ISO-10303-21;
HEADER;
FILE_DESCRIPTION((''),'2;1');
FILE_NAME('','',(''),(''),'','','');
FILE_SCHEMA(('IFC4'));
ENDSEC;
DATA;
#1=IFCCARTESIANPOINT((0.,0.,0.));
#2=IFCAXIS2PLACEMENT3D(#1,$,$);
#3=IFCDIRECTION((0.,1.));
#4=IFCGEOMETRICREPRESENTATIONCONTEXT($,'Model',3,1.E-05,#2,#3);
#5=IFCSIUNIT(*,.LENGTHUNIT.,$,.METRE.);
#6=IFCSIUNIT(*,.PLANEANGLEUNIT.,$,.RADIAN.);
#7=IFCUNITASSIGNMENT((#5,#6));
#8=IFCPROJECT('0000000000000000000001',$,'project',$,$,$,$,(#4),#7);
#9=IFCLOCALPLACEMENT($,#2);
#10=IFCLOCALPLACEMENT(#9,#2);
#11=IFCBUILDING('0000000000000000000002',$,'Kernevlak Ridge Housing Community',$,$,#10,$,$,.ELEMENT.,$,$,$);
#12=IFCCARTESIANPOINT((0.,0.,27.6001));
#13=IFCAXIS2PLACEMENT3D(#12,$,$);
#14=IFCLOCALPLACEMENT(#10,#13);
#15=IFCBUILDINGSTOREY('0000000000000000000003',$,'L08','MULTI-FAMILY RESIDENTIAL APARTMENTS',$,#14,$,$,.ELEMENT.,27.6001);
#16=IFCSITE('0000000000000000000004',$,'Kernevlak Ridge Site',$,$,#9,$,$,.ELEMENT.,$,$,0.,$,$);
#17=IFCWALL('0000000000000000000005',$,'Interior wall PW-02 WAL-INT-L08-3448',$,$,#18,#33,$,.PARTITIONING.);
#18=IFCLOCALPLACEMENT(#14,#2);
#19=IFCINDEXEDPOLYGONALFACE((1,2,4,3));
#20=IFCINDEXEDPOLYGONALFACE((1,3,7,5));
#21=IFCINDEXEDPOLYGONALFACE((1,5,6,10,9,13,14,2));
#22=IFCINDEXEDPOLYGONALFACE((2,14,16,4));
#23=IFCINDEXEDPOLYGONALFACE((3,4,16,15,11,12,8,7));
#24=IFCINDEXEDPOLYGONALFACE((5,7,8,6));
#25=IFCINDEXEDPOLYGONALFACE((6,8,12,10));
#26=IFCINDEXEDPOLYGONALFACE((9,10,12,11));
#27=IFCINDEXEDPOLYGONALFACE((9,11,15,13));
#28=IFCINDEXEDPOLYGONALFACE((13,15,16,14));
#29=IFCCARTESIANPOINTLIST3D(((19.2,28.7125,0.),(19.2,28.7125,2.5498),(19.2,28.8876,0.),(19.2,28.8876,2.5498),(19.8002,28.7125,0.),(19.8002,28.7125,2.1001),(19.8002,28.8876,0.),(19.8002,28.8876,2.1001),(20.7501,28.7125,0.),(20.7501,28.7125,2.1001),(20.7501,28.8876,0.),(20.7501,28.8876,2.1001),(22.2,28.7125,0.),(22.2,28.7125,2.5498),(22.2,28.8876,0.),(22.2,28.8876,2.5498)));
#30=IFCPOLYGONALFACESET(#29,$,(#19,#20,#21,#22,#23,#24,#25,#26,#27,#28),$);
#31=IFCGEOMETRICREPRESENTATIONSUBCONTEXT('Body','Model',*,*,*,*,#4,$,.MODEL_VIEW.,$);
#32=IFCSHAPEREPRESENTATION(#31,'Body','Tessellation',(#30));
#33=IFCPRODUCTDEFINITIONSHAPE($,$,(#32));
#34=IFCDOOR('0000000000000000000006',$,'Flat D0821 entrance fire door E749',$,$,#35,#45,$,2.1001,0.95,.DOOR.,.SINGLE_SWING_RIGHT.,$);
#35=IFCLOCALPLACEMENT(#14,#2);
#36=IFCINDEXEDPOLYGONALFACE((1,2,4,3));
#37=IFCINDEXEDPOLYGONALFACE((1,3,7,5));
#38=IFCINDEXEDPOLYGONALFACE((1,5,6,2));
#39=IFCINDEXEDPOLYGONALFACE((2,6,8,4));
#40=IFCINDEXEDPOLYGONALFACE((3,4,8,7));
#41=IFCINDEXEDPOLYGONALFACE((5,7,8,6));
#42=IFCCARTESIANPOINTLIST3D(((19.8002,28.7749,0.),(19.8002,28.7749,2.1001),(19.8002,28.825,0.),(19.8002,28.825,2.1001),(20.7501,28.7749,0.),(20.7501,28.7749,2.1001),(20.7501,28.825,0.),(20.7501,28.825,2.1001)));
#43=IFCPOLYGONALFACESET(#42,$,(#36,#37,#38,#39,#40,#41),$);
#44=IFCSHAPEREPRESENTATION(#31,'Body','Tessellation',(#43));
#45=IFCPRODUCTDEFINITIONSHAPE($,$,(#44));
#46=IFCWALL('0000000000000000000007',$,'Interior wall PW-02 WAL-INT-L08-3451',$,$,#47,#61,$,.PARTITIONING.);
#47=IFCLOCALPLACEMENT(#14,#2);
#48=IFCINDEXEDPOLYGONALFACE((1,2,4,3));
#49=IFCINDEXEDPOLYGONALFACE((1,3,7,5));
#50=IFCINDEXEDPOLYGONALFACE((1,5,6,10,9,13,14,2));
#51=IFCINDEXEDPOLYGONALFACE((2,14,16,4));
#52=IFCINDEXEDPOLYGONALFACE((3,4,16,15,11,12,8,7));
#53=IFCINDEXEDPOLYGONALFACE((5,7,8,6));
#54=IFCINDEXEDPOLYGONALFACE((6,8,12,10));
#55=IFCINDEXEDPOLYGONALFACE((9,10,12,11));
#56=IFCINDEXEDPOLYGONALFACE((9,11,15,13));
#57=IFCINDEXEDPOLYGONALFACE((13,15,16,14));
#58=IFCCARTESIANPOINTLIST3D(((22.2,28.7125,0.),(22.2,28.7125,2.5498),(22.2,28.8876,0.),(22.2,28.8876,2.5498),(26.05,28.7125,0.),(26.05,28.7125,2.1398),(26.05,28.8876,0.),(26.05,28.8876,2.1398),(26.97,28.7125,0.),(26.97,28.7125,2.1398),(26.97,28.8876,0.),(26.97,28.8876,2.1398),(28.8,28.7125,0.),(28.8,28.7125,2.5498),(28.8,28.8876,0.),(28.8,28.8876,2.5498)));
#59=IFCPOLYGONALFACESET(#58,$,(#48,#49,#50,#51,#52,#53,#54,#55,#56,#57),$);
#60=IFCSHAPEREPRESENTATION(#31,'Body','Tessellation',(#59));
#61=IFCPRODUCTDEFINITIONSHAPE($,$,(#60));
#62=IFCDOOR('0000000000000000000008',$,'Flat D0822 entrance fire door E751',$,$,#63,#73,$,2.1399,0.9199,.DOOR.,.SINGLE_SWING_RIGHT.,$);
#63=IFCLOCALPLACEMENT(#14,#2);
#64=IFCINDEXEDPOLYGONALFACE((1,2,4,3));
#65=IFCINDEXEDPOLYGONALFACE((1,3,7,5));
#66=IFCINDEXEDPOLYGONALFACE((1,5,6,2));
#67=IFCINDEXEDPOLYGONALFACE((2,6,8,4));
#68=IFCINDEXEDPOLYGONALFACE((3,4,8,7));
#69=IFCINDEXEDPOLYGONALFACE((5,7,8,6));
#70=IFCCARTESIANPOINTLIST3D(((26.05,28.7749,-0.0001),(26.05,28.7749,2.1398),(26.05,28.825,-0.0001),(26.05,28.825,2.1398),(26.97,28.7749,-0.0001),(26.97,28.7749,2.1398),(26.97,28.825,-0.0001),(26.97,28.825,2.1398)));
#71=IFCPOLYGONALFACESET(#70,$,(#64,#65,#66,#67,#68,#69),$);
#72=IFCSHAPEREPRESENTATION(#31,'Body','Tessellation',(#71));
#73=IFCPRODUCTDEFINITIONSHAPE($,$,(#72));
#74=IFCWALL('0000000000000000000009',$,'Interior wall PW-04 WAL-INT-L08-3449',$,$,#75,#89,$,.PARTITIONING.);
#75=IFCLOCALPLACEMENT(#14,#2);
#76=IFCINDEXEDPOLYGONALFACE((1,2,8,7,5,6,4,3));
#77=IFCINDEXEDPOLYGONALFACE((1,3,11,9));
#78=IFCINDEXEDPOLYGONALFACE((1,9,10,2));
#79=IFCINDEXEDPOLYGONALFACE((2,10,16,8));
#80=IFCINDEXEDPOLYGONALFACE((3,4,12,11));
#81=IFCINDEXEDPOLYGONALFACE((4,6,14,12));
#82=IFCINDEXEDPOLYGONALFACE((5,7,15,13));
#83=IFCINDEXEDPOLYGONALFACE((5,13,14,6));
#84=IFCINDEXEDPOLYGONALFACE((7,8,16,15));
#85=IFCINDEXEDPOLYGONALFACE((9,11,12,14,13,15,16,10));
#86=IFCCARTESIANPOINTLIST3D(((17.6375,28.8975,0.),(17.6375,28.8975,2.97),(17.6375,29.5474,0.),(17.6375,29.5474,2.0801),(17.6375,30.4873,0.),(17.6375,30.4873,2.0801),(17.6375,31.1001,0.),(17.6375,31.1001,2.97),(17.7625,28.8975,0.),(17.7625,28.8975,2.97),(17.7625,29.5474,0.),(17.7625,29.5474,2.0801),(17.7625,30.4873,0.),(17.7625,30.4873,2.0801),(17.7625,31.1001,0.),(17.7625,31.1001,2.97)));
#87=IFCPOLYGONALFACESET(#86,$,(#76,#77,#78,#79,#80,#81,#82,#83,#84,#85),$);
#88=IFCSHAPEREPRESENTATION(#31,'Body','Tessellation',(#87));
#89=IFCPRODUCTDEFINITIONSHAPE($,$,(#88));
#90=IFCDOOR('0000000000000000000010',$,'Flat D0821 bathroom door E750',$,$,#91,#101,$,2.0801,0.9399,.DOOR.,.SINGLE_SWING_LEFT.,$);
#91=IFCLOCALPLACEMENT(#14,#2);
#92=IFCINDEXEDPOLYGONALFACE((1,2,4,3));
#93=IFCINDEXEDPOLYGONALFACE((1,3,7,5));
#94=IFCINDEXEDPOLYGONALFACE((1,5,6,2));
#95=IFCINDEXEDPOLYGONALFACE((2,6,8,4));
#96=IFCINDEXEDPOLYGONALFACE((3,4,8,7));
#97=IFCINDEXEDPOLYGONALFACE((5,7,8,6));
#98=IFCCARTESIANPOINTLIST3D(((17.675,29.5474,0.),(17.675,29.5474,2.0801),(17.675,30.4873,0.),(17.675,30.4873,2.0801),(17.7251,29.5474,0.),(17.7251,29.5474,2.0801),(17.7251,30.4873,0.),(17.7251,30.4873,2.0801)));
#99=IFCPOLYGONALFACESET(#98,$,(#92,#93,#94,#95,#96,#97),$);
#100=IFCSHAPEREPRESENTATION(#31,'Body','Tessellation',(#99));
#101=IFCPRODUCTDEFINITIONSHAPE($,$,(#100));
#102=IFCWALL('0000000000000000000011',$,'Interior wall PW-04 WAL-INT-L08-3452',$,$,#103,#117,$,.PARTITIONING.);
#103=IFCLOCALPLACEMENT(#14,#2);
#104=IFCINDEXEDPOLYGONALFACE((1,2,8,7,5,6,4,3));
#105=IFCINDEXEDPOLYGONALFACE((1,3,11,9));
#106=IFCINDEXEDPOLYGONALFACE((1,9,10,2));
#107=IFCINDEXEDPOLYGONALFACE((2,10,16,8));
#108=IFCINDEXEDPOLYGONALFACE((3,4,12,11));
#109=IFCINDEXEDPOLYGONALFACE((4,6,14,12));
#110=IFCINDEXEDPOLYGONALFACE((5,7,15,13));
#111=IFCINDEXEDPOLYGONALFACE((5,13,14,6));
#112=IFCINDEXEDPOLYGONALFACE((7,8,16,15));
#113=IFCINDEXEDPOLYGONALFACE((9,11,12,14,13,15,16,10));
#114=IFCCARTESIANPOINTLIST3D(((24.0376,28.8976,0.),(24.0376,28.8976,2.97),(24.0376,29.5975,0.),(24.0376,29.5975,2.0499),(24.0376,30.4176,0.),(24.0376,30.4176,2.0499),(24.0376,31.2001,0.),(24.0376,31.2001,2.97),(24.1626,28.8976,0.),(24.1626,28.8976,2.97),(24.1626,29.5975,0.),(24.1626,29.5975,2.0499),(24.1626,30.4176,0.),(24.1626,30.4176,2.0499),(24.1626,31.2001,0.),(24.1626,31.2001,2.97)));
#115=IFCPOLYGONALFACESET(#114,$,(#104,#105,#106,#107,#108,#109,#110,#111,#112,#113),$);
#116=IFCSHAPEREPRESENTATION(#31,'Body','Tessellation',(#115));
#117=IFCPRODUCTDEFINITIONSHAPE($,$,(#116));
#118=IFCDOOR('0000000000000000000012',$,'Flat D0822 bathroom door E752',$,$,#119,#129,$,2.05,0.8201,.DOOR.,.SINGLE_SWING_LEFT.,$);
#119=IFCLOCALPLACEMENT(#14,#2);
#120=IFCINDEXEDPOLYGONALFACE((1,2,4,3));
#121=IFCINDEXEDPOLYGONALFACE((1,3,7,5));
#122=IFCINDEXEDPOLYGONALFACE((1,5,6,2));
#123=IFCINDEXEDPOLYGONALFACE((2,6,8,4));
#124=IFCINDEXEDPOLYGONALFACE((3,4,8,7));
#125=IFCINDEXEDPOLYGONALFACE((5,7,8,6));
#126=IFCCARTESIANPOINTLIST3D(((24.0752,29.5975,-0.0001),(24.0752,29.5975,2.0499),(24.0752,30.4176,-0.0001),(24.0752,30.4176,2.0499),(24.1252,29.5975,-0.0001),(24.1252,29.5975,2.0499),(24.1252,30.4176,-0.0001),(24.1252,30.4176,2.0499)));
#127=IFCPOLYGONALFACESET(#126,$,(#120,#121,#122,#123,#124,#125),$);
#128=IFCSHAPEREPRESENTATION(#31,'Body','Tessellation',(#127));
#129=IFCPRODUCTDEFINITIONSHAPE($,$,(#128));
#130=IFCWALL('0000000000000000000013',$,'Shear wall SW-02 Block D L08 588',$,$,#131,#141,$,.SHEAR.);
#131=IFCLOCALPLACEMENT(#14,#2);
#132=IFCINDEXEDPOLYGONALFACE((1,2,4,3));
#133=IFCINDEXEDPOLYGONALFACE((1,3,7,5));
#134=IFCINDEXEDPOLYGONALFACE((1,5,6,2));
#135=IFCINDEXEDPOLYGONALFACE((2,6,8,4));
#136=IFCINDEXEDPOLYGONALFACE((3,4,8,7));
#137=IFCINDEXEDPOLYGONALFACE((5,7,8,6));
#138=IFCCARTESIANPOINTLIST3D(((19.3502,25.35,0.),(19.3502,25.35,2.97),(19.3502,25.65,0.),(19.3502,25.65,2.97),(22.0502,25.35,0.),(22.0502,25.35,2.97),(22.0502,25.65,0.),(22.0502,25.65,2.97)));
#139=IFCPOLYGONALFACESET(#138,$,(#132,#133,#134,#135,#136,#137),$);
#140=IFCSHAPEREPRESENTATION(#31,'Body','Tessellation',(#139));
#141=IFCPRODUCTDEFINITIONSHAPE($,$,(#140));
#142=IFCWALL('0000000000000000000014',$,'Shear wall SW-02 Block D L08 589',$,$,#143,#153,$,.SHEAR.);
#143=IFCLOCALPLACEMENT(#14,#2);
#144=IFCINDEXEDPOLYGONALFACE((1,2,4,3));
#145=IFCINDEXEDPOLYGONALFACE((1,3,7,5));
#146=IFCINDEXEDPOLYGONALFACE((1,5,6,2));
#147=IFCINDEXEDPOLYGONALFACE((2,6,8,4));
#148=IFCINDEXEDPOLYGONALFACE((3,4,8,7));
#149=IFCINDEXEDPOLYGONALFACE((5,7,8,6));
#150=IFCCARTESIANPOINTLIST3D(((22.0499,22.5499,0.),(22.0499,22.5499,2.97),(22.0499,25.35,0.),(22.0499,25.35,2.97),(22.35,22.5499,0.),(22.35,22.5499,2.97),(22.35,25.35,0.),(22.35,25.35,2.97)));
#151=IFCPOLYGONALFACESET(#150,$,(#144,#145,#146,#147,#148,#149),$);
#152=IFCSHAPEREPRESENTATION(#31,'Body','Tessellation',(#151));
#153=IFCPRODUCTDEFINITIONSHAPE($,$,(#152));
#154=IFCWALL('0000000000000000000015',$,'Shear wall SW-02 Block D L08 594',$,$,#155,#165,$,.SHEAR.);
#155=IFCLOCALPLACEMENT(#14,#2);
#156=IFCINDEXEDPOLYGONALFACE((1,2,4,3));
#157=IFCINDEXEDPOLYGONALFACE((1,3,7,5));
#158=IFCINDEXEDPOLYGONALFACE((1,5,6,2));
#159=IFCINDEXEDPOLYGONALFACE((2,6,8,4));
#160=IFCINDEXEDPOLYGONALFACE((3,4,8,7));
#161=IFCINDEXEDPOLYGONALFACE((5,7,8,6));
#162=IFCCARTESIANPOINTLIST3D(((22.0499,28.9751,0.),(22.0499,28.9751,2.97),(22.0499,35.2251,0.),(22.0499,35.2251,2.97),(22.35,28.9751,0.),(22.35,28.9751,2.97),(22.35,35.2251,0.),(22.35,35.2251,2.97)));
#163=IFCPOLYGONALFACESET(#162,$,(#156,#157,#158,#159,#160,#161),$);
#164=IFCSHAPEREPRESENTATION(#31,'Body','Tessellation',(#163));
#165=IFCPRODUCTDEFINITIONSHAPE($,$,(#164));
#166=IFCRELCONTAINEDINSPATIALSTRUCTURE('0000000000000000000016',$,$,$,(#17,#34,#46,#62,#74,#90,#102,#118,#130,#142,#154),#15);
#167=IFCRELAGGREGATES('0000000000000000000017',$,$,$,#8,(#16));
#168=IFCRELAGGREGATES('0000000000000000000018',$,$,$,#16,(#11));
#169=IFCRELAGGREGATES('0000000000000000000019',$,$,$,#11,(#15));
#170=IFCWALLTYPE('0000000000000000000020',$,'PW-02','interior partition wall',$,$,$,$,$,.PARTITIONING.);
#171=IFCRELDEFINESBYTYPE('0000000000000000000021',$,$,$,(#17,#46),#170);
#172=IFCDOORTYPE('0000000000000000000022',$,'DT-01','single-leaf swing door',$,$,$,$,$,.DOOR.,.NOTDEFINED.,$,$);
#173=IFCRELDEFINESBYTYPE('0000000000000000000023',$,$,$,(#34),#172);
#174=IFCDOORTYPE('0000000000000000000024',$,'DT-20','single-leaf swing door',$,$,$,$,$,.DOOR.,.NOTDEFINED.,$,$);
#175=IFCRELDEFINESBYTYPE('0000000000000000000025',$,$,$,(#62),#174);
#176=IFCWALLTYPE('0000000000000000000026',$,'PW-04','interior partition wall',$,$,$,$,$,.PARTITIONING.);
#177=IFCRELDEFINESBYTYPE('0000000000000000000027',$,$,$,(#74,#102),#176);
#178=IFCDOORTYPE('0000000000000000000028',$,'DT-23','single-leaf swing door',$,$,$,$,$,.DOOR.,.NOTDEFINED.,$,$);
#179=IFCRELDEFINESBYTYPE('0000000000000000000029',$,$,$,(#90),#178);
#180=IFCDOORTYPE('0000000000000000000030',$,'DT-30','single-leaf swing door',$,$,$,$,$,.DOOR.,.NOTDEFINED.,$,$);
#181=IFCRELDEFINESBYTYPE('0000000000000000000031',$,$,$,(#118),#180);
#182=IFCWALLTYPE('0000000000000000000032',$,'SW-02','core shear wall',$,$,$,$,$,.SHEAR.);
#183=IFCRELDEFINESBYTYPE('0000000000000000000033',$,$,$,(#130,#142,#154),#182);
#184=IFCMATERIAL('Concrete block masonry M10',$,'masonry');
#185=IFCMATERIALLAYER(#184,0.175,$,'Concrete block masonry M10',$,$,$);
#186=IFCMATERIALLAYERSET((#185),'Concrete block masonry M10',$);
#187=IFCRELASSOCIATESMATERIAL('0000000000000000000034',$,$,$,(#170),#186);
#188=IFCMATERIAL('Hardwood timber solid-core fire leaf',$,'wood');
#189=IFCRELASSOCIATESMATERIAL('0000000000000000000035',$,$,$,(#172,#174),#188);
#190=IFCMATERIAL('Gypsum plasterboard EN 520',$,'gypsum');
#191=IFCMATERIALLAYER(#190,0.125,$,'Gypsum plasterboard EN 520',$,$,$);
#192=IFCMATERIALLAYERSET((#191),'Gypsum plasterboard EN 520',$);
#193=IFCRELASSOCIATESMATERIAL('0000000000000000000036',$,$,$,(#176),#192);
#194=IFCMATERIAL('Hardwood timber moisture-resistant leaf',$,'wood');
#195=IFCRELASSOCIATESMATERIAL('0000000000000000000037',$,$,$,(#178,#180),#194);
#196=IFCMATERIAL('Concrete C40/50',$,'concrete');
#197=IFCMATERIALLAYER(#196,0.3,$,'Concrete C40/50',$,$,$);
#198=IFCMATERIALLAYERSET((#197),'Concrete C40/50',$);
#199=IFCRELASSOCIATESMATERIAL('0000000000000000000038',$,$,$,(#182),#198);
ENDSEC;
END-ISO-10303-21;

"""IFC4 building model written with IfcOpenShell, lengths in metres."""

from ifc_helpers import new_model, si_unit, direction, frame, frame_2d, origin, place, context, subcontext, project, spatial, rectangle, extrude, material, layer, layer_set, type_object, element, fill, save


model = new_model("IFC4")

# Units and contexts
model_context = context("Model", 3, precision=1e-05, world=origin(), true_north=direction((0.0, 1.0)))
body_context = subcontext(model_context, "Body", "Model", "MODEL_VIEW")
ifc_project = project(units=[si_unit("LENGTHUNIT", "METRE"), si_unit("PLANEANGLEUNIT", "RADIAN")], contexts=[model_context])

# Site, building, storey
site_placement = place(None, origin())
site = spatial("IfcSite", under=ifc_project, at=site_placement, Name="Kernevlak Ridge Site", CompositionType="ELEMENT", RefElevation=0.0)
building_placement = place(site_placement, origin())
building = spatial("IfcBuilding", under=site, at=building_placement, Name="Kernevlak Ridge Housing Community", CompositionType="ELEMENT")
storey_placement = place(building_placement, frame((0.0, 0.0, 27.6001)))
storey = spatial("IfcBuildingStorey", under=building, at=storey_placement, Name="L08", Description="MULTI-FAMILY RESIDENTIAL APARTMENTS", CompositionType="ELEMENT", Elevation=27.6001)

# Shared definitions
ifc_material_1 = material(Name="Concrete block masonry M10", Category="masonry")
ifc_layer_1 = layer(ifc_material_1, 0.175, Name="Concrete block masonry M10")
ifc_layer_set_1 = layer_set([ifc_layer_1], Name="Concrete block masonry M10")
wall_type_1 = type_object("IfcWallType", Name="PW-02", Description="interior partition wall", PredefinedType="PARTITIONING", material=ifc_layer_set_1)

# Walls, openings, doors
ifc_material_2 = material(Name="Hardwood timber solid-core fire leaf", Category="wood")
wall_1_placement = place(storey_placement, frame((19.2, 28.8, 0.0), z_axis=(0.0, 0.0, 1.0), x_axis=(1.0, 0.0, 0.0)))
wall_1 = element("IfcWall", 1, at=wall_1_placement, inside=storey, type_object=wall_type_1, Name="Interior wall PW-02 WAL-INT-L08-3448", PredefinedType="PARTITIONING", context=body_context, shape_type="SweptSolid", body=[
    extrude(rectangle(XDim=3.0, YDim=0.175, at=frame_2d((1.5, 0.0))), origin(), (0.0, 0.0, 1.0), 2.5498),
])
opening_1_placement = place(wall_1_placement, frame((0.6001, 0.0, 0.0)))
opening_1 = element("IfcOpeningElement", 2, at=opening_1_placement, cuts=wall_1, PredefinedType="OPENING", context=body_context, shape_type="SweptSolid", body=[
    extrude(rectangle(XDim=0.95, YDim=2.1001, at=frame_2d((0.4751, 1.05))), frame((0.0, 0.0974, 0.0), z_axis=(0.0, -1.0, 0.0), x_axis=(1.0, 0.0, 0.0)), (0.0, 0.0, 1.0), 0.1951),
])
door_type_1 = type_object("IfcDoorType", Name="DT-01", Description="single-leaf swing door", OperationType="NOTDEFINED", PredefinedType="DOOR", material=ifc_material_2)
door_1_placement = place(opening_1_placement, origin())
door_1 = element("IfcDoor", 3, at=door_1_placement, inside=storey, type_object=door_type_1, Name="Flat D0821 entrance fire door E749", OperationType="SINGLE_SWING_RIGHT", OverallHeight=2.1001, OverallWidth=0.95, PredefinedType="DOOR", context=body_context, shape_type="SweptSolid", body=[
    extrude(rectangle(XDim=0.95, YDim=2.1001, at=frame_2d((0.4751, 1.05))), frame((0.0, 0.0249, 0.0), z_axis=(0.0, -1.0, 0.0), x_axis=(1.0, 0.0, 0.0)), (0.0, 0.0, 1.0), 0.05),
])
fill(opening_1, door_1)
wall_2_placement = place(storey_placement, frame((22.2, 28.8, 0.0), z_axis=(0.0, 0.0, 1.0), x_axis=(1.0, 0.0, 0.0)))
wall_2 = element("IfcWall", 4, at=wall_2_placement, inside=storey, type_object=wall_type_1, Name="Interior wall PW-02 WAL-INT-L08-3451", PredefinedType="PARTITIONING", context=body_context, shape_type="SweptSolid", body=[
    extrude(rectangle(XDim=6.6001, YDim=0.175, at=frame_2d((3.3, 0.0))), origin(), (0.0, 0.0, 1.0), 2.5498),
])
opening_2_placement = place(wall_2_placement, frame((3.8501, 0.0, 0.0)))
opening_2 = element("IfcOpeningElement", 5, at=opening_2_placement, cuts=wall_2, PredefinedType="OPENING", context=body_context, shape_type="SweptSolid", body=[
    extrude(rectangle(XDim=0.9199, YDim=2.1399, at=frame_2d((0.46, 1.0698))), frame((0.0, 0.0974, 0.0), z_axis=(0.0, -1.0, 0.0), x_axis=(1.0, 0.0, 0.0)), (0.0, 0.0, 1.0), 0.1951),
])
door_type_2 = type_object("IfcDoorType", Name="DT-20", Description="single-leaf swing door", OperationType="NOTDEFINED", PredefinedType="DOOR", material=ifc_material_2)
door_2_placement = place(opening_2_placement, origin())
door_2 = element("IfcDoor", 6, at=door_2_placement, inside=storey, type_object=door_type_2, Name="Flat D0822 entrance fire door E751", OperationType="SINGLE_SWING_RIGHT", OverallHeight=2.1399, OverallWidth=0.9199, PredefinedType="DOOR", context=body_context, shape_type="SweptSolid", body=[
    extrude(rectangle(XDim=0.9199, YDim=2.1399, at=frame_2d((0.46, 1.0698))), frame((0.0, 0.0249, 0.0), z_axis=(0.0, -1.0, 0.0), x_axis=(1.0, 0.0, 0.0)), (0.0, 0.0, 1.0), 0.05),
])
fill(opening_2, door_2)
ifc_material_3 = material(Name="Gypsum plasterboard EN 520", Category="gypsum")
ifc_layer_2 = layer(ifc_material_3, 0.125, Name="Gypsum plasterboard EN 520")
ifc_layer_set_2 = layer_set([ifc_layer_2], Name="Gypsum plasterboard EN 520")
wall_type_2 = type_object("IfcWallType", Name="PW-04", Description="interior partition wall", PredefinedType="PARTITIONING", material=ifc_layer_set_2)
wall_3_placement = place(storey_placement, frame((17.7, 28.8975, 0.0), z_axis=(0.0, 0.0, 1.0), x_axis=(0.0, 1.0, 0.0)))
wall_3 = element("IfcWall", 7, at=wall_3_placement, inside=storey, type_object=wall_type_2, Name="Interior wall PW-04 WAL-INT-L08-3449", PredefinedType="PARTITIONING", context=body_context, shape_type="SweptSolid", body=[
    extrude(rectangle(XDim=2.2026, YDim=0.125, at=frame_2d((1.1013, 0.0))), origin(), (0.0, 0.0, 1.0), 2.97),
])
opening_3_placement = place(wall_3_placement, frame((0.6499, 0.0, 0.0)))
opening_3 = element("IfcOpeningElement", 8, at=opening_3_placement, cuts=wall_3, PredefinedType="OPENING", context=body_context, shape_type="SweptSolid", body=[
    extrude(rectangle(XDim=0.9399, YDim=2.0801, at=frame_2d((0.47, 1.04))), frame((0.0, 0.0725, 0.0), z_axis=(0.0, -1.0, 0.0), x_axis=(1.0, 0.0, 0.0)), (0.0, 0.0, 1.0), 0.145),
])
ifc_material_4 = material(Name="Hardwood timber moisture-resistant leaf", Category="wood")
door_type_3 = type_object("IfcDoorType", Name="DT-23", Description="single-leaf swing door", OperationType="NOTDEFINED", PredefinedType="DOOR", material=ifc_material_4)
door_3_placement = place(opening_3_placement, origin())
door_3 = element("IfcDoor", 9, at=door_3_placement, inside=storey, type_object=door_type_3, Name="Flat D0821 bathroom door E750", OperationType="SINGLE_SWING_LEFT", OverallHeight=2.0801, OverallWidth=0.9399, PredefinedType="DOOR", context=body_context, shape_type="SweptSolid", body=[
    extrude(rectangle(XDim=0.9399, YDim=2.0801, at=frame_2d((0.47, 1.04))), frame((0.0, 0.0249, 0.0), z_axis=(0.0, -1.0, 0.0), x_axis=(1.0, 0.0, 0.0)), (0.0, 0.0, 1.0), 0.05),
])
fill(opening_3, door_3)
wall_4_placement = place(storey_placement, frame((24.1001, 28.8975, 0.0), z_axis=(0.0, 0.0, 1.0), x_axis=(0.0, 1.0, 0.0)))
wall_4 = element("IfcWall", 10, at=wall_4_placement, inside=storey, type_object=wall_type_2, Name="Interior wall PW-04 WAL-INT-L08-3452", PredefinedType="PARTITIONING", context=body_context, shape_type="SweptSolid", body=[
    extrude(rectangle(XDim=2.3025, YDim=0.125, at=frame_2d((1.1514, 0.0))), origin(), (0.0, 0.0, 1.0), 2.97),
])
opening_4_placement = place(wall_4_placement, frame((0.7, 0.0, 0.0)))
opening_4 = element("IfcOpeningElement", 11, at=opening_4_placement, cuts=wall_4, PredefinedType="OPENING", context=body_context, shape_type="SweptSolid", body=[
    extrude(rectangle(XDim=0.8201, YDim=2.05, at=frame_2d((0.4102, 1.0249))), frame((0.0, 0.0725, 0.0), z_axis=(0.0, -1.0, 0.0), x_axis=(1.0, 0.0, 0.0)), (0.0, 0.0, 1.0), 0.145),
])
door_type_4 = type_object("IfcDoorType", Name="DT-30", Description="single-leaf swing door", OperationType="NOTDEFINED", PredefinedType="DOOR", material=ifc_material_4)
door_4_placement = place(opening_4_placement, origin())
door_4 = element("IfcDoor", 12, at=door_4_placement, inside=storey, type_object=door_type_4, Name="Flat D0822 bathroom door E752", OperationType="SINGLE_SWING_LEFT", OverallHeight=2.05, OverallWidth=0.8201, PredefinedType="DOOR", context=body_context, shape_type="SweptSolid", body=[
    extrude(rectangle(XDim=0.8201, YDim=2.05, at=frame_2d((0.4102, 1.0249))), frame((0.0, 0.0249, 0.0), z_axis=(0.0, -1.0, 0.0), x_axis=(1.0, 0.0, 0.0)), (0.0, 0.0, 1.0), 0.05),
])
fill(opening_4, door_4)

# Walls
ifc_material_5 = material(Name="Concrete C40/50", Category="concrete")
ifc_layer_3 = layer(ifc_material_5, 0.3, Name="Concrete C40/50")
ifc_layer_set_3 = layer_set([ifc_layer_3], Name="Concrete C40/50")
wall_type_3 = type_object("IfcWallType", Name="SW-02", Description="core shear wall", PredefinedType="SHEAR", material=ifc_layer_set_3)
wall_5_placement = place(storey_placement, frame((19.3501, 25.5, 0.0), z_axis=(0.0, 0.0, 1.0), x_axis=(1.0, 0.0, 0.0)))
element("IfcWall", 13, at=wall_5_placement, inside=storey, type_object=wall_type_3, Name="Shear wall SW-02 Block D L08 588", PredefinedType="SHEAR", context=body_context, shape_type="SweptSolid", body=[
    extrude(rectangle(XDim=2.7, YDim=0.3, at=frame_2d((1.3501, 0.0))), origin(), (0.0, 0.0, 1.0), 2.97),
])
wall_6_placement = place(storey_placement, frame((22.2, 22.55, 0.0), z_axis=(0.0, 0.0, 1.0), x_axis=(0.0, 1.0, 0.0)))
element("IfcWall", 14, at=wall_6_placement, inside=storey, type_object=wall_type_3, Name="Shear wall SW-02 Block D L08 589", PredefinedType="SHEAR", context=body_context, shape_type="SweptSolid", body=[
    extrude(rectangle(XDim=2.8, YDim=0.3, at=frame_2d((1.3999, 0.0))), origin(), (0.0, 0.0, 1.0), 2.97),
])
wall_7_placement = place(storey_placement, frame((22.2, 28.9751, 0.0), z_axis=(0.0, 0.0, 1.0), x_axis=(0.0, 1.0, 0.0)))
element("IfcWall", 15, at=wall_7_placement, inside=storey, type_object=wall_type_3, Name="Shear wall SW-02 Block D L08 594", PredefinedType="SHEAR", context=body_context, shape_type="SweptSolid", body=[
    extrude(rectangle(XDim=6.25, YDim=0.3, at=frame_2d((3.125, 0.0))), origin(), (0.0, 0.0, 1.0), 2.97),
])

save(model, "model.ifc")
